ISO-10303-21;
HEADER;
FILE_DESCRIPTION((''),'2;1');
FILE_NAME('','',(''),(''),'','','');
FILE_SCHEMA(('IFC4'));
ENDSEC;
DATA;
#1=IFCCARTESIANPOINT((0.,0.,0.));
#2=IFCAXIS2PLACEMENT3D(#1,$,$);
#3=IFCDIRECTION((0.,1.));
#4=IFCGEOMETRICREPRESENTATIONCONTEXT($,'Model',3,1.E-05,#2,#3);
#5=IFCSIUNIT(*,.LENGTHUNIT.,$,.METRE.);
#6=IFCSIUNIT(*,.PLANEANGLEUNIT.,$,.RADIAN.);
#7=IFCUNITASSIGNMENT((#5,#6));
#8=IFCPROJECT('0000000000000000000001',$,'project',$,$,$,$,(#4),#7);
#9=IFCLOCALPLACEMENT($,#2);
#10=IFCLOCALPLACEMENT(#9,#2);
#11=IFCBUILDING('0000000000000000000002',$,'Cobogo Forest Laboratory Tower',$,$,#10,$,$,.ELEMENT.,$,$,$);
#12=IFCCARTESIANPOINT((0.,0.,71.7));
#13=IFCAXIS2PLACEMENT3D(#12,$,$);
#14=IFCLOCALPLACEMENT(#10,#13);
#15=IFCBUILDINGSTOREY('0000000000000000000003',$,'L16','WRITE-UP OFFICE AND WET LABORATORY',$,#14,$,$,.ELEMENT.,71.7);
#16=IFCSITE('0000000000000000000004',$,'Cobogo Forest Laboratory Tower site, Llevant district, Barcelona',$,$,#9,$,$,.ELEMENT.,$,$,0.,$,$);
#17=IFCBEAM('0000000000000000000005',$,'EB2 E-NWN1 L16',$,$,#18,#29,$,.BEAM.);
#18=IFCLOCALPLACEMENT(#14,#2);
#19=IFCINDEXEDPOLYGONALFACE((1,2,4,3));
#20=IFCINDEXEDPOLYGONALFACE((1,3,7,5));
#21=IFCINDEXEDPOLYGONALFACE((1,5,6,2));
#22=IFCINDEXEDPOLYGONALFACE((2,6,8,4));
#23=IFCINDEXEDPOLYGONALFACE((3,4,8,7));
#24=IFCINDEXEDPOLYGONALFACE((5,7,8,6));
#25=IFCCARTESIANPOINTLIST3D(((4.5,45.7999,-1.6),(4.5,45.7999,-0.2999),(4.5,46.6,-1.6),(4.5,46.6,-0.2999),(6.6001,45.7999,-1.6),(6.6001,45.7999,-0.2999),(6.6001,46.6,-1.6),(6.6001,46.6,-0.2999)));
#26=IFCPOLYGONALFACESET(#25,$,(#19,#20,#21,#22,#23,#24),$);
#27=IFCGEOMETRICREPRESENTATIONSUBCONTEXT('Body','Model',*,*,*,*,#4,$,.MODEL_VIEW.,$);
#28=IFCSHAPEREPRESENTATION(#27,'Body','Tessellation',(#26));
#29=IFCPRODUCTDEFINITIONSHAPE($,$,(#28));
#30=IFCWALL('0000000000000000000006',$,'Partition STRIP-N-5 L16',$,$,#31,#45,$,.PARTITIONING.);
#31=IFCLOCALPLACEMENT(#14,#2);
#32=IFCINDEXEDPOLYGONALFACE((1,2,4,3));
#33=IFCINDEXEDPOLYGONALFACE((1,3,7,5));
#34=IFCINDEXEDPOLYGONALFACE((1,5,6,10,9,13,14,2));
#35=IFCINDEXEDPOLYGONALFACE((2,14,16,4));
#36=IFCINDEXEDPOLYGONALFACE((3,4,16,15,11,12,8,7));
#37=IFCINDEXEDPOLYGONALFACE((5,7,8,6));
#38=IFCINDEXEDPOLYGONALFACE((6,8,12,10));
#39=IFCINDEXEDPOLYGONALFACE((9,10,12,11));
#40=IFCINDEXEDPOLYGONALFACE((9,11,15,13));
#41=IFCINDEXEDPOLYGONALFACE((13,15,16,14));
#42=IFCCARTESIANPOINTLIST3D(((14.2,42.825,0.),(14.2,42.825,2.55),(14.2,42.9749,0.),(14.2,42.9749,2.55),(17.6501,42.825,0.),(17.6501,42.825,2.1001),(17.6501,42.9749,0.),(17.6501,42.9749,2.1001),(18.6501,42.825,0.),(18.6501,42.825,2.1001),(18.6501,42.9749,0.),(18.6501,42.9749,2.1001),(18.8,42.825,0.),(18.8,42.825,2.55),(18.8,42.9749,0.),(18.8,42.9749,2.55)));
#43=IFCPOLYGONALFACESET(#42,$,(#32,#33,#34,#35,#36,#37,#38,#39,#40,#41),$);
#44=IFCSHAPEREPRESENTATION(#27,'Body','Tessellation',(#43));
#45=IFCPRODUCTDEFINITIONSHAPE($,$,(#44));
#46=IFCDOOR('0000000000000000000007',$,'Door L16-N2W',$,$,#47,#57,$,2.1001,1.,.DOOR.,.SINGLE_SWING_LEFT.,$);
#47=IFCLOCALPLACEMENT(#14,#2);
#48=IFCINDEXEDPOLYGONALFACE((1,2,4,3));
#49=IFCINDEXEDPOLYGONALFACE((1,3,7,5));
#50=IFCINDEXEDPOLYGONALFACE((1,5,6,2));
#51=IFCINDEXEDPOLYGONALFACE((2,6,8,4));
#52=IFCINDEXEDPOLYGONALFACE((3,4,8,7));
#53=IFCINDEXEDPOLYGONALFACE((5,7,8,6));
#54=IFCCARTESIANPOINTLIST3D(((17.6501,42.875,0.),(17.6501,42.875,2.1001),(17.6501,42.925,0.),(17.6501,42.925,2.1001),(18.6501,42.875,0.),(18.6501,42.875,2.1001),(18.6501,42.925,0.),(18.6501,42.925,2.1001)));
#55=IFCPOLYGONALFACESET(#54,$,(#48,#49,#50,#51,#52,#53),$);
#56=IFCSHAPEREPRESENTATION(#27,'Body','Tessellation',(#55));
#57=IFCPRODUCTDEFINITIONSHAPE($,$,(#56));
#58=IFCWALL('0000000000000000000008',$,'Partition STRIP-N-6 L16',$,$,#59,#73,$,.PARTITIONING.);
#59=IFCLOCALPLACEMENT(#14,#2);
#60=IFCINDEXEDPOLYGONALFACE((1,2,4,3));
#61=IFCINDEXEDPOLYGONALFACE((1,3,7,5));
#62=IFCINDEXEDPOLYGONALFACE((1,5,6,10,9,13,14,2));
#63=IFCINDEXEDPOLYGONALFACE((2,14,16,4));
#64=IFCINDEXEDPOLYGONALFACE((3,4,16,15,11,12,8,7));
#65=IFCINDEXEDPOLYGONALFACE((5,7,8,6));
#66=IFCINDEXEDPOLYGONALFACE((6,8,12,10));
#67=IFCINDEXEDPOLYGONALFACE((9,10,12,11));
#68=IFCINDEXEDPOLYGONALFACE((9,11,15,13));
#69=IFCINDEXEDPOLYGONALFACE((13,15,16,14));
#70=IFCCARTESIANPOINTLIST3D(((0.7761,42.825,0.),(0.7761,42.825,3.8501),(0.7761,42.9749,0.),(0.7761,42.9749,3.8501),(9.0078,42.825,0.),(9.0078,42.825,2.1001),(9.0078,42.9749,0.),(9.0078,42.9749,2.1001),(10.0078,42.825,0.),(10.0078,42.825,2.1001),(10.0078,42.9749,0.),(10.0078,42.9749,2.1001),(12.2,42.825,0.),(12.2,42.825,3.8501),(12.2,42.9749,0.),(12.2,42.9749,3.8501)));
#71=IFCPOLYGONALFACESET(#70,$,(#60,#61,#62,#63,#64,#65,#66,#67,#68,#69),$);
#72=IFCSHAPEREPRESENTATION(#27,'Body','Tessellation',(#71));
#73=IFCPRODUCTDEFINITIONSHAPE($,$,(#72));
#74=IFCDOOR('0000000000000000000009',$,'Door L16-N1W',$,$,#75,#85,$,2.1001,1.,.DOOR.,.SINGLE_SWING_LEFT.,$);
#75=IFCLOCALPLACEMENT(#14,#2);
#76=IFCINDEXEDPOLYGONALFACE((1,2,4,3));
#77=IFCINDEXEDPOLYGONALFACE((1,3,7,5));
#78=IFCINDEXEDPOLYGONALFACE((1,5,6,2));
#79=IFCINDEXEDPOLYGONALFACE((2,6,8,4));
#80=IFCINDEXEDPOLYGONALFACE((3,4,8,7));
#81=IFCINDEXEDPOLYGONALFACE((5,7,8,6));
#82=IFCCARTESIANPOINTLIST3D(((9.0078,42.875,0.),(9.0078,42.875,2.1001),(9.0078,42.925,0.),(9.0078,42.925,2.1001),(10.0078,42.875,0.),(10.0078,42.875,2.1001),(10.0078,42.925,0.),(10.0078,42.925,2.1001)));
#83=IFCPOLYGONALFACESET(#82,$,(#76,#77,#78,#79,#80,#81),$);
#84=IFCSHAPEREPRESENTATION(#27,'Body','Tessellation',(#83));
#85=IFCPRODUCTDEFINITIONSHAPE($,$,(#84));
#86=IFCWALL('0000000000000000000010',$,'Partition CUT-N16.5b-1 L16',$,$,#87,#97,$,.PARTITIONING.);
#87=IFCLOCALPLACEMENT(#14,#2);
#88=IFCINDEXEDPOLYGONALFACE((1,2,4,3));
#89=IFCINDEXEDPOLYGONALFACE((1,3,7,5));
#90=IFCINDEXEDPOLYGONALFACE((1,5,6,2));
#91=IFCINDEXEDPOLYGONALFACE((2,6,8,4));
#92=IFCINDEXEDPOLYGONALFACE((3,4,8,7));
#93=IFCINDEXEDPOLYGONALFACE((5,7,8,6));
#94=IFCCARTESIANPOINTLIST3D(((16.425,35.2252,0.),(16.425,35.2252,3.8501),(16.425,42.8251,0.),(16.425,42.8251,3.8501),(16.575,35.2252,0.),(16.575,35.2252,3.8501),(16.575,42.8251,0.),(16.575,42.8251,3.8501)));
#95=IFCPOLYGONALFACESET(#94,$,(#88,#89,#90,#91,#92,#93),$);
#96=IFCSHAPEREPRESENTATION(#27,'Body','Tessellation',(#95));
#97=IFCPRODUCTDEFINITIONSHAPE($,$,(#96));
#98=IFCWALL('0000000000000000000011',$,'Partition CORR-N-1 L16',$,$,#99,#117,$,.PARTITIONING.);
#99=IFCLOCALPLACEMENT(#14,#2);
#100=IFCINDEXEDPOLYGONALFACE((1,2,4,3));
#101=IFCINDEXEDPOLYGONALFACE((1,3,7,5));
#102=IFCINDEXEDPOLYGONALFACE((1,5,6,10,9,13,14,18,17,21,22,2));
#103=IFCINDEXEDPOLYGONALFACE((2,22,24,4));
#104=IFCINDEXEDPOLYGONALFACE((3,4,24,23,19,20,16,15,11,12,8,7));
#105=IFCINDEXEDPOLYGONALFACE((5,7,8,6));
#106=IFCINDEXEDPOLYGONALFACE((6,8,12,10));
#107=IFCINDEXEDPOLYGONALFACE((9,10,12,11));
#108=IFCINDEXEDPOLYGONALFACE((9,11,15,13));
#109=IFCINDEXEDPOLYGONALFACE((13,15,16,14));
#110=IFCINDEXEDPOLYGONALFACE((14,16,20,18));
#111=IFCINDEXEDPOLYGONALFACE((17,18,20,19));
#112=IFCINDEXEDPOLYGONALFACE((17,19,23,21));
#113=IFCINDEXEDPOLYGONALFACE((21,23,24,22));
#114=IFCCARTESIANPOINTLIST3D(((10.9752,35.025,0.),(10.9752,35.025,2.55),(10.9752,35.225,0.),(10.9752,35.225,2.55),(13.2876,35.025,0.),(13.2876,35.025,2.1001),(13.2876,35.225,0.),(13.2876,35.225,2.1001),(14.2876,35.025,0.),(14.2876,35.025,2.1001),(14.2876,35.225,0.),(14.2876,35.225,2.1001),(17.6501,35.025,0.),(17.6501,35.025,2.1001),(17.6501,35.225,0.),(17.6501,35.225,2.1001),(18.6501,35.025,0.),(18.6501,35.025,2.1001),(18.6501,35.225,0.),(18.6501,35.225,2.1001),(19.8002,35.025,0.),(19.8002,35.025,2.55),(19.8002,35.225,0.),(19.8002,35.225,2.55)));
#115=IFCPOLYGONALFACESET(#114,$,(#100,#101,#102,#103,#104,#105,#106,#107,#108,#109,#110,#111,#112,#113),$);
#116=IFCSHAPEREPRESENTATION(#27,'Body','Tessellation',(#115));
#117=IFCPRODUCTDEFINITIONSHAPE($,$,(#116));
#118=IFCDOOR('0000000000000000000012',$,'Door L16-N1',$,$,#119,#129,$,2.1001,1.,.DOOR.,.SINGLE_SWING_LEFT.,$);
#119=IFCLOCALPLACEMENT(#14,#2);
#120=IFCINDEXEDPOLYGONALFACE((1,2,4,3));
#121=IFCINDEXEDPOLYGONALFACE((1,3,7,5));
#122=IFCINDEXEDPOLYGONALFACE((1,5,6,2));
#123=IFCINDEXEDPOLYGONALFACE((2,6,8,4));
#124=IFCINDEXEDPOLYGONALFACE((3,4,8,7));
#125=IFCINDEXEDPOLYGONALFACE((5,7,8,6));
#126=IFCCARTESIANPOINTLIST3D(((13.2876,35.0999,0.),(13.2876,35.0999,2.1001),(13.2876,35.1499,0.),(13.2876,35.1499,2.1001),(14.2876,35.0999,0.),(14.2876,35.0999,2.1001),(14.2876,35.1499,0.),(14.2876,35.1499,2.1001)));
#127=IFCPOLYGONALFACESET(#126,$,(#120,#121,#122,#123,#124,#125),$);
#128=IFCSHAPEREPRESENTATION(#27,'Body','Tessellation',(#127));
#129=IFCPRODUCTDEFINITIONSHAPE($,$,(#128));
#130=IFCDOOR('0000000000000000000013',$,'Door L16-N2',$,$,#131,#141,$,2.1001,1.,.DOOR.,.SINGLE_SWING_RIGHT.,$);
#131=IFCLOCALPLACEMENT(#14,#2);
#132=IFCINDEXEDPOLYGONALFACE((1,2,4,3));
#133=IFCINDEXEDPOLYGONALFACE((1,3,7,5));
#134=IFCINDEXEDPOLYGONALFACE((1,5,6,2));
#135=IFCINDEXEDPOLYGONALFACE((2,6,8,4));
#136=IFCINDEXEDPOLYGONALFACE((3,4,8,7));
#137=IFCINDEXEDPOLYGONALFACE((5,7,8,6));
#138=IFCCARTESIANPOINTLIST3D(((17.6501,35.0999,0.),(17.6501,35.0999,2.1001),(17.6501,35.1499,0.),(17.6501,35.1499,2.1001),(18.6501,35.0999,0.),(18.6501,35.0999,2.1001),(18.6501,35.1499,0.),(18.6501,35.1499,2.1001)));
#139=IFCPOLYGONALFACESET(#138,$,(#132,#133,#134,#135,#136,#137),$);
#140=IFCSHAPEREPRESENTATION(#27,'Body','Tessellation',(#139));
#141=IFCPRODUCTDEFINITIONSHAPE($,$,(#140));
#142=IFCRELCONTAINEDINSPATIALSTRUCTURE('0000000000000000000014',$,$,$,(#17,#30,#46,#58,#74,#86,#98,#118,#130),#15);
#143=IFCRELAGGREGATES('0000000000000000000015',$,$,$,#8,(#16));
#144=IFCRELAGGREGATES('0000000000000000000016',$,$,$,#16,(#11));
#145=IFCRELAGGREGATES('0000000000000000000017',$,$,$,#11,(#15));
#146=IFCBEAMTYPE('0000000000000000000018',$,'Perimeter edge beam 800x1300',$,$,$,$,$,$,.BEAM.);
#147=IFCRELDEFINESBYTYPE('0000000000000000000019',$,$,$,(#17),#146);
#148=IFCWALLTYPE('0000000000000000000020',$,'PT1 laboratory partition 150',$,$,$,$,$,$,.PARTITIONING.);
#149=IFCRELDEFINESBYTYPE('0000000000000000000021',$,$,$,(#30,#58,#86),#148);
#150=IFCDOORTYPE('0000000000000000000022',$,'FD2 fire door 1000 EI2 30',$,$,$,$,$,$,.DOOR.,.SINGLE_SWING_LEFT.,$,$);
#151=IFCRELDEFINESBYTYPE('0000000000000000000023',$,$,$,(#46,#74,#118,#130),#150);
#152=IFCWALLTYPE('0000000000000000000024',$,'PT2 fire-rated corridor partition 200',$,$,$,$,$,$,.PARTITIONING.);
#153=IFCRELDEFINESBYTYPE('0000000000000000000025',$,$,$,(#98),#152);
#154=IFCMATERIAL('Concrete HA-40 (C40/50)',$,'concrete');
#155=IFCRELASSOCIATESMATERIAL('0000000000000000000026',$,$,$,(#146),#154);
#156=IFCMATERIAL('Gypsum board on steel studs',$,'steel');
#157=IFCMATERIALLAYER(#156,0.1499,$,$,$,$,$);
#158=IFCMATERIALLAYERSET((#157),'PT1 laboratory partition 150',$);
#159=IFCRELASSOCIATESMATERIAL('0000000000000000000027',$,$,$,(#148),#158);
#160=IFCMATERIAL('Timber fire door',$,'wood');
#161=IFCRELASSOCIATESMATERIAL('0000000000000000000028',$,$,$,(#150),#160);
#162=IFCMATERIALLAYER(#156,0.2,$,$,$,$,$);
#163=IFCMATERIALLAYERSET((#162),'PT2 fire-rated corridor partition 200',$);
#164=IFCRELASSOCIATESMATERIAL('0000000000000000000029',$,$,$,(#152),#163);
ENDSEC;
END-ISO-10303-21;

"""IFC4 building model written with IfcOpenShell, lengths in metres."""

from ifc_helpers import new_model, si_unit, direction, frame, frame_2d, origin, origin_2d, place, context, subcontext, project, spatial, rectangle, extrude, material, layer, layer_set, material_profile, profile_set, type_object, element, fill, save


model = new_model("IFC4")

# Units and contexts
model_context = context("Model", 3, precision=1e-05, world=origin(), true_north=direction((0.0, 1.0)))
body_context = subcontext(model_context, "Body", "Model", "MODEL_VIEW")
ifc_project = project(units=[si_unit("LENGTHUNIT", "METRE"), si_unit("PLANEANGLEUNIT", "RADIAN")], contexts=[model_context])

# Site, building, storey
site_placement = place(None, origin())
site = spatial("IfcSite", under=ifc_project, at=site_placement, Name="Cobogo Forest Laboratory Tower site, Llevant district, Barcelona", CompositionType="ELEMENT", RefElevation=0.0)
building_placement = place(site_placement, origin())
building = spatial("IfcBuilding", under=site, at=building_placement, Name="Cobogo Forest Laboratory Tower", CompositionType="ELEMENT")
storey_placement = place(building_placement, frame((0.0, 0.0, 71.7)))
storey = spatial("IfcBuildingStorey", under=building, at=storey_placement, Name="L16", Description="WRITE-UP OFFICE AND WET LABORATORY", CompositionType="ELEMENT", Elevation=71.7)

# Beam
ifc_material_1 = material(Name="Concrete HA-40 (C40/50)", Category="concrete")
ifc_material_profile_1 = material_profile(ifc_material_1, rectangle(XDim=0.8, YDim=1.3, at=origin_2d()), Name="RC 800x1300")
ifc_profile_set_1 = profile_set([ifc_material_profile_1], Name="Concrete HA-40 (C40/50)")
beam_type_1 = type_object("IfcBeamType", Name="Perimeter edge beam 800x1300", PredefinedType="BEAM", material=ifc_profile_set_1)
beam_1_placement = place(storey_placement, frame((6.6001, 46.2, -0.95), z_axis=(-1.0, 0.0, 0.0), x_axis=(0.0, -1.0, 0.0)))
element("IfcBeam", 1, at=beam_1_placement, inside=storey, type_object=beam_type_1, Name="EB2 E-NWN1 L16", PredefinedType="BEAM", context=body_context, shape_type="SweptSolid", body=[
    extrude(rectangle(XDim=0.8, YDim=1.3, at=origin_2d()), origin(), (0.0, 0.0, 1.0), 2.1001),
])

# Walls, openings, doors
ifc_material_2 = material(Name="Gypsum board on steel studs", Category="steel")
ifc_layer_1 = layer(ifc_material_2, 0.1499)
ifc_layer_set_1 = layer_set([ifc_layer_1], Name="PT1 laboratory partition 150")
wall_type_1 = type_object("IfcWallType", Name="PT1 laboratory partition 150", PredefinedType="PARTITIONING", material=ifc_layer_set_1)
wall_1_placement = place(storey_placement, frame((18.8, 42.8999, 0.0), z_axis=(0.0, 0.0, 1.0), x_axis=(-1.0, 0.0, 0.0)))
wall_1 = element("IfcWall", 2, at=wall_1_placement, inside=storey, type_object=wall_type_1, Name="Partition STRIP-N-5 L16", PredefinedType="PARTITIONING", context=body_context, shape_type="SweptSolid", body=[
    extrude(rectangle(XDim=4.6001, YDim=0.1499, at=frame_2d((2.3, 0.0))), origin(), (0.0, 0.0, 1.0), 2.55),
])
opening_1_placement = place(wall_1_placement, frame((0.1499, 0.0, 0.0)))
opening_1 = element("IfcOpeningElement", 3, at=opening_1_placement, cuts=wall_1, PredefinedType="OPENING", context=body_context, shape_type="SweptSolid", body=[
    extrude(rectangle(XDim=1.0, YDim=2.1001, at=frame_2d((0.5, 1.05))), frame((0.0, 0.085, 0.0), z_axis=(0.0, -1.0, 0.0), x_axis=(1.0, 0.0, 0.0)), (0.0, 0.0, 1.0), 0.1699),
])
ifc_material_3 = material(Name="Timber fire door", Category="wood")
door_type = type_object("IfcDoorType", Name="FD2 fire door 1000 EI2 30", OperationType="SINGLE_SWING_LEFT", PredefinedType="DOOR", material=ifc_material_3)
door_1_placement = place(opening_1_placement, origin())
door_1 = element("IfcDoor", 4, at=door_1_placement, inside=storey, type_object=door_type, Name="Door L16-N2W", OperationType="SINGLE_SWING_LEFT", OverallHeight=2.1001, OverallWidth=1.0, PredefinedType="DOOR", context=body_context, shape_type="SweptSolid", body=[
    extrude(rectangle(XDim=1.0, YDim=2.1001, at=frame_2d((0.5, 1.05))), frame((0.0, 0.0249, 0.0), z_axis=(0.0, -1.0, 0.0), x_axis=(1.0, 0.0, 0.0)), (0.0, 0.0, 1.0), 0.05),
])
fill(opening_1, door_1)
wall_2_placement = place(storey_placement, frame((12.2, 42.8999, 0.0), z_axis=(0.0, 0.0, 1.0), x_axis=(-1.0, 0.0, 0.0)))
wall_2 = element("IfcWall", 5, at=wall_2_placement, inside=storey, type_object=wall_type_1, Name="Partition STRIP-N-6 L16", PredefinedType="PARTITIONING", context=body_context, shape_type="SweptSolid", body=[
    extrude(rectangle(XDim=11.4238, YDim=0.1499, at=frame_2d((5.7119, 0.0))), origin(), (0.0, 0.0, 1.0), 3.8501),
])
opening_2_placement = place(wall_2_placement, frame((2.1921, 0.0, 0.0)))
opening_2 = element("IfcOpeningElement", 6, at=opening_2_placement, cuts=wall_2, PredefinedType="OPENING", context=body_context, shape_type="SweptSolid", body=[
    extrude(rectangle(XDim=1.0, YDim=2.1001, at=frame_2d((0.5, 1.05))), frame((0.0, 0.085, 0.0), z_axis=(0.0, -1.0, 0.0), x_axis=(1.0, 0.0, 0.0)), (0.0, 0.0, 1.0), 0.1699),
])
door_2_placement = place(opening_2_placement, origin())
door_2 = element("IfcDoor", 7, at=door_2_placement, inside=storey, type_object=door_type, Name="Door L16-N1W", OperationType="SINGLE_SWING_LEFT", OverallHeight=2.1001, OverallWidth=1.0, PredefinedType="DOOR", context=body_context, shape_type="SweptSolid", body=[
    extrude(rectangle(XDim=1.0, YDim=2.1001, at=frame_2d((0.5, 1.05))), frame((0.0, 0.0249, 0.0), z_axis=(0.0, -1.0, 0.0), x_axis=(1.0, 0.0, 0.0)), (0.0, 0.0, 1.0), 0.05),
])
fill(opening_2, door_2)

# Wall
wall_3_placement = place(storey_placement, frame((16.5, 42.825, 0.0), z_axis=(0.0, 0.0, 1.0), x_axis=(0.0, -1.0, 0.0)))
element("IfcWall", 8, at=wall_3_placement, inside=storey, type_object=wall_type_1, Name="Partition CUT-N16.5b-1 L16", PredefinedType="PARTITIONING", context=body_context, shape_type="SweptSolid", body=[
    extrude(rectangle(XDim=7.5999, YDim=0.1499, at=frame_2d((3.7998, 0.0))), origin(), (0.0, 0.0, 1.0), 3.8501),
])

# Wall, openings, doors
ifc_layer_2 = layer(ifc_material_2, 0.2)
ifc_layer_set_2 = layer_set([ifc_layer_2], Name="PT2 fire-rated corridor partition 200")
wall_type_2 = type_object("IfcWallType", Name="PT2 fire-rated corridor partition 200", PredefinedType="PARTITIONING", material=ifc_layer_set_2)
wall_4_placement = place(storey_placement, frame((10.9751, 35.125, 0.0), z_axis=(0.0, 0.0, 1.0), x_axis=(1.0, 0.0, 0.0)))
wall_4 = element("IfcWall", 9, at=wall_4_placement, inside=storey, type_object=wall_type_2, Name="Partition CORR-N-1 L16", PredefinedType="PARTITIONING", context=body_context, shape_type="SweptSolid", body=[
    extrude(rectangle(XDim=8.825, YDim=0.2, at=frame_2d((4.4126, 0.0))), origin(), (0.0, 0.0, 1.0), 2.55),
])
opening_3_placement = place(wall_4_placement, frame((2.3125, 0.0, 0.0)))
opening_3 = element("IfcOpeningElement", 10, at=opening_3_placement, cuts=wall_4, PredefinedType="OPENING", context=body_context, shape_type="SweptSolid", body=[
    extrude(rectangle(XDim=1.0, YDim=2.1001, at=frame_2d((0.5, 1.05))), frame((0.0, 0.1099, 0.0), z_axis=(0.0, -1.0, 0.0), x_axis=(1.0, 0.0, 0.0)), (0.0, 0.0, 1.0), 0.22),
])
opening_4_placement = place(wall_4_placement, frame((6.675, 0.0, 0.0)))
opening_4 = element("IfcOpeningElement", 11, at=opening_4_placement, cuts=wall_4, PredefinedType="OPENING", context=body_context, shape_type="SweptSolid", body=[
    extrude(rectangle(XDim=1.0, YDim=2.1001, at=frame_2d((0.5, 1.05))), frame((0.0, 0.1099, 0.0), z_axis=(0.0, -1.0, 0.0), x_axis=(1.0, 0.0, 0.0)), (0.0, 0.0, 1.0), 0.22),
])
door_3_placement = place(opening_3_placement, origin())
door_3 = element("IfcDoor", 12, at=door_3_placement, inside=storey, type_object=door_type, Name="Door L16-N1", OperationType="SINGLE_SWING_LEFT", OverallHeight=2.1001, OverallWidth=1.0, PredefinedType="DOOR", context=body_context, shape_type="SweptSolid", body=[
    extrude(rectangle(XDim=1.0, YDim=2.1001, at=frame_2d((0.5, 1.05))), frame((0.0, 0.0249, 0.0), z_axis=(0.0, -1.0, 0.0), x_axis=(1.0, 0.0, 0.0)), (0.0, 0.0, 1.0), 0.05),
])
fill(opening_3, door_3)
door_4_placement = place(opening_4_placement, origin())
door_4 = element("IfcDoor", 13, at=door_4_placement, inside=storey, type_object=door_type, Name="Door L16-N2", OperationType="SINGLE_SWING_RIGHT", OverallHeight=2.1001, OverallWidth=1.0, PredefinedType="DOOR", context=body_context, shape_type="SweptSolid", body=[
    extrude(rectangle(XDim=1.0, YDim=2.1001, at=frame_2d((0.5, 1.05))), frame((0.0, 0.0249, 0.0), z_axis=(0.0, -1.0, 0.0), x_axis=(1.0, 0.0, 0.0)), (0.0, 0.0, 1.0), 0.05),
])
fill(opening_4, door_4)

save(model, "model.ifc")
